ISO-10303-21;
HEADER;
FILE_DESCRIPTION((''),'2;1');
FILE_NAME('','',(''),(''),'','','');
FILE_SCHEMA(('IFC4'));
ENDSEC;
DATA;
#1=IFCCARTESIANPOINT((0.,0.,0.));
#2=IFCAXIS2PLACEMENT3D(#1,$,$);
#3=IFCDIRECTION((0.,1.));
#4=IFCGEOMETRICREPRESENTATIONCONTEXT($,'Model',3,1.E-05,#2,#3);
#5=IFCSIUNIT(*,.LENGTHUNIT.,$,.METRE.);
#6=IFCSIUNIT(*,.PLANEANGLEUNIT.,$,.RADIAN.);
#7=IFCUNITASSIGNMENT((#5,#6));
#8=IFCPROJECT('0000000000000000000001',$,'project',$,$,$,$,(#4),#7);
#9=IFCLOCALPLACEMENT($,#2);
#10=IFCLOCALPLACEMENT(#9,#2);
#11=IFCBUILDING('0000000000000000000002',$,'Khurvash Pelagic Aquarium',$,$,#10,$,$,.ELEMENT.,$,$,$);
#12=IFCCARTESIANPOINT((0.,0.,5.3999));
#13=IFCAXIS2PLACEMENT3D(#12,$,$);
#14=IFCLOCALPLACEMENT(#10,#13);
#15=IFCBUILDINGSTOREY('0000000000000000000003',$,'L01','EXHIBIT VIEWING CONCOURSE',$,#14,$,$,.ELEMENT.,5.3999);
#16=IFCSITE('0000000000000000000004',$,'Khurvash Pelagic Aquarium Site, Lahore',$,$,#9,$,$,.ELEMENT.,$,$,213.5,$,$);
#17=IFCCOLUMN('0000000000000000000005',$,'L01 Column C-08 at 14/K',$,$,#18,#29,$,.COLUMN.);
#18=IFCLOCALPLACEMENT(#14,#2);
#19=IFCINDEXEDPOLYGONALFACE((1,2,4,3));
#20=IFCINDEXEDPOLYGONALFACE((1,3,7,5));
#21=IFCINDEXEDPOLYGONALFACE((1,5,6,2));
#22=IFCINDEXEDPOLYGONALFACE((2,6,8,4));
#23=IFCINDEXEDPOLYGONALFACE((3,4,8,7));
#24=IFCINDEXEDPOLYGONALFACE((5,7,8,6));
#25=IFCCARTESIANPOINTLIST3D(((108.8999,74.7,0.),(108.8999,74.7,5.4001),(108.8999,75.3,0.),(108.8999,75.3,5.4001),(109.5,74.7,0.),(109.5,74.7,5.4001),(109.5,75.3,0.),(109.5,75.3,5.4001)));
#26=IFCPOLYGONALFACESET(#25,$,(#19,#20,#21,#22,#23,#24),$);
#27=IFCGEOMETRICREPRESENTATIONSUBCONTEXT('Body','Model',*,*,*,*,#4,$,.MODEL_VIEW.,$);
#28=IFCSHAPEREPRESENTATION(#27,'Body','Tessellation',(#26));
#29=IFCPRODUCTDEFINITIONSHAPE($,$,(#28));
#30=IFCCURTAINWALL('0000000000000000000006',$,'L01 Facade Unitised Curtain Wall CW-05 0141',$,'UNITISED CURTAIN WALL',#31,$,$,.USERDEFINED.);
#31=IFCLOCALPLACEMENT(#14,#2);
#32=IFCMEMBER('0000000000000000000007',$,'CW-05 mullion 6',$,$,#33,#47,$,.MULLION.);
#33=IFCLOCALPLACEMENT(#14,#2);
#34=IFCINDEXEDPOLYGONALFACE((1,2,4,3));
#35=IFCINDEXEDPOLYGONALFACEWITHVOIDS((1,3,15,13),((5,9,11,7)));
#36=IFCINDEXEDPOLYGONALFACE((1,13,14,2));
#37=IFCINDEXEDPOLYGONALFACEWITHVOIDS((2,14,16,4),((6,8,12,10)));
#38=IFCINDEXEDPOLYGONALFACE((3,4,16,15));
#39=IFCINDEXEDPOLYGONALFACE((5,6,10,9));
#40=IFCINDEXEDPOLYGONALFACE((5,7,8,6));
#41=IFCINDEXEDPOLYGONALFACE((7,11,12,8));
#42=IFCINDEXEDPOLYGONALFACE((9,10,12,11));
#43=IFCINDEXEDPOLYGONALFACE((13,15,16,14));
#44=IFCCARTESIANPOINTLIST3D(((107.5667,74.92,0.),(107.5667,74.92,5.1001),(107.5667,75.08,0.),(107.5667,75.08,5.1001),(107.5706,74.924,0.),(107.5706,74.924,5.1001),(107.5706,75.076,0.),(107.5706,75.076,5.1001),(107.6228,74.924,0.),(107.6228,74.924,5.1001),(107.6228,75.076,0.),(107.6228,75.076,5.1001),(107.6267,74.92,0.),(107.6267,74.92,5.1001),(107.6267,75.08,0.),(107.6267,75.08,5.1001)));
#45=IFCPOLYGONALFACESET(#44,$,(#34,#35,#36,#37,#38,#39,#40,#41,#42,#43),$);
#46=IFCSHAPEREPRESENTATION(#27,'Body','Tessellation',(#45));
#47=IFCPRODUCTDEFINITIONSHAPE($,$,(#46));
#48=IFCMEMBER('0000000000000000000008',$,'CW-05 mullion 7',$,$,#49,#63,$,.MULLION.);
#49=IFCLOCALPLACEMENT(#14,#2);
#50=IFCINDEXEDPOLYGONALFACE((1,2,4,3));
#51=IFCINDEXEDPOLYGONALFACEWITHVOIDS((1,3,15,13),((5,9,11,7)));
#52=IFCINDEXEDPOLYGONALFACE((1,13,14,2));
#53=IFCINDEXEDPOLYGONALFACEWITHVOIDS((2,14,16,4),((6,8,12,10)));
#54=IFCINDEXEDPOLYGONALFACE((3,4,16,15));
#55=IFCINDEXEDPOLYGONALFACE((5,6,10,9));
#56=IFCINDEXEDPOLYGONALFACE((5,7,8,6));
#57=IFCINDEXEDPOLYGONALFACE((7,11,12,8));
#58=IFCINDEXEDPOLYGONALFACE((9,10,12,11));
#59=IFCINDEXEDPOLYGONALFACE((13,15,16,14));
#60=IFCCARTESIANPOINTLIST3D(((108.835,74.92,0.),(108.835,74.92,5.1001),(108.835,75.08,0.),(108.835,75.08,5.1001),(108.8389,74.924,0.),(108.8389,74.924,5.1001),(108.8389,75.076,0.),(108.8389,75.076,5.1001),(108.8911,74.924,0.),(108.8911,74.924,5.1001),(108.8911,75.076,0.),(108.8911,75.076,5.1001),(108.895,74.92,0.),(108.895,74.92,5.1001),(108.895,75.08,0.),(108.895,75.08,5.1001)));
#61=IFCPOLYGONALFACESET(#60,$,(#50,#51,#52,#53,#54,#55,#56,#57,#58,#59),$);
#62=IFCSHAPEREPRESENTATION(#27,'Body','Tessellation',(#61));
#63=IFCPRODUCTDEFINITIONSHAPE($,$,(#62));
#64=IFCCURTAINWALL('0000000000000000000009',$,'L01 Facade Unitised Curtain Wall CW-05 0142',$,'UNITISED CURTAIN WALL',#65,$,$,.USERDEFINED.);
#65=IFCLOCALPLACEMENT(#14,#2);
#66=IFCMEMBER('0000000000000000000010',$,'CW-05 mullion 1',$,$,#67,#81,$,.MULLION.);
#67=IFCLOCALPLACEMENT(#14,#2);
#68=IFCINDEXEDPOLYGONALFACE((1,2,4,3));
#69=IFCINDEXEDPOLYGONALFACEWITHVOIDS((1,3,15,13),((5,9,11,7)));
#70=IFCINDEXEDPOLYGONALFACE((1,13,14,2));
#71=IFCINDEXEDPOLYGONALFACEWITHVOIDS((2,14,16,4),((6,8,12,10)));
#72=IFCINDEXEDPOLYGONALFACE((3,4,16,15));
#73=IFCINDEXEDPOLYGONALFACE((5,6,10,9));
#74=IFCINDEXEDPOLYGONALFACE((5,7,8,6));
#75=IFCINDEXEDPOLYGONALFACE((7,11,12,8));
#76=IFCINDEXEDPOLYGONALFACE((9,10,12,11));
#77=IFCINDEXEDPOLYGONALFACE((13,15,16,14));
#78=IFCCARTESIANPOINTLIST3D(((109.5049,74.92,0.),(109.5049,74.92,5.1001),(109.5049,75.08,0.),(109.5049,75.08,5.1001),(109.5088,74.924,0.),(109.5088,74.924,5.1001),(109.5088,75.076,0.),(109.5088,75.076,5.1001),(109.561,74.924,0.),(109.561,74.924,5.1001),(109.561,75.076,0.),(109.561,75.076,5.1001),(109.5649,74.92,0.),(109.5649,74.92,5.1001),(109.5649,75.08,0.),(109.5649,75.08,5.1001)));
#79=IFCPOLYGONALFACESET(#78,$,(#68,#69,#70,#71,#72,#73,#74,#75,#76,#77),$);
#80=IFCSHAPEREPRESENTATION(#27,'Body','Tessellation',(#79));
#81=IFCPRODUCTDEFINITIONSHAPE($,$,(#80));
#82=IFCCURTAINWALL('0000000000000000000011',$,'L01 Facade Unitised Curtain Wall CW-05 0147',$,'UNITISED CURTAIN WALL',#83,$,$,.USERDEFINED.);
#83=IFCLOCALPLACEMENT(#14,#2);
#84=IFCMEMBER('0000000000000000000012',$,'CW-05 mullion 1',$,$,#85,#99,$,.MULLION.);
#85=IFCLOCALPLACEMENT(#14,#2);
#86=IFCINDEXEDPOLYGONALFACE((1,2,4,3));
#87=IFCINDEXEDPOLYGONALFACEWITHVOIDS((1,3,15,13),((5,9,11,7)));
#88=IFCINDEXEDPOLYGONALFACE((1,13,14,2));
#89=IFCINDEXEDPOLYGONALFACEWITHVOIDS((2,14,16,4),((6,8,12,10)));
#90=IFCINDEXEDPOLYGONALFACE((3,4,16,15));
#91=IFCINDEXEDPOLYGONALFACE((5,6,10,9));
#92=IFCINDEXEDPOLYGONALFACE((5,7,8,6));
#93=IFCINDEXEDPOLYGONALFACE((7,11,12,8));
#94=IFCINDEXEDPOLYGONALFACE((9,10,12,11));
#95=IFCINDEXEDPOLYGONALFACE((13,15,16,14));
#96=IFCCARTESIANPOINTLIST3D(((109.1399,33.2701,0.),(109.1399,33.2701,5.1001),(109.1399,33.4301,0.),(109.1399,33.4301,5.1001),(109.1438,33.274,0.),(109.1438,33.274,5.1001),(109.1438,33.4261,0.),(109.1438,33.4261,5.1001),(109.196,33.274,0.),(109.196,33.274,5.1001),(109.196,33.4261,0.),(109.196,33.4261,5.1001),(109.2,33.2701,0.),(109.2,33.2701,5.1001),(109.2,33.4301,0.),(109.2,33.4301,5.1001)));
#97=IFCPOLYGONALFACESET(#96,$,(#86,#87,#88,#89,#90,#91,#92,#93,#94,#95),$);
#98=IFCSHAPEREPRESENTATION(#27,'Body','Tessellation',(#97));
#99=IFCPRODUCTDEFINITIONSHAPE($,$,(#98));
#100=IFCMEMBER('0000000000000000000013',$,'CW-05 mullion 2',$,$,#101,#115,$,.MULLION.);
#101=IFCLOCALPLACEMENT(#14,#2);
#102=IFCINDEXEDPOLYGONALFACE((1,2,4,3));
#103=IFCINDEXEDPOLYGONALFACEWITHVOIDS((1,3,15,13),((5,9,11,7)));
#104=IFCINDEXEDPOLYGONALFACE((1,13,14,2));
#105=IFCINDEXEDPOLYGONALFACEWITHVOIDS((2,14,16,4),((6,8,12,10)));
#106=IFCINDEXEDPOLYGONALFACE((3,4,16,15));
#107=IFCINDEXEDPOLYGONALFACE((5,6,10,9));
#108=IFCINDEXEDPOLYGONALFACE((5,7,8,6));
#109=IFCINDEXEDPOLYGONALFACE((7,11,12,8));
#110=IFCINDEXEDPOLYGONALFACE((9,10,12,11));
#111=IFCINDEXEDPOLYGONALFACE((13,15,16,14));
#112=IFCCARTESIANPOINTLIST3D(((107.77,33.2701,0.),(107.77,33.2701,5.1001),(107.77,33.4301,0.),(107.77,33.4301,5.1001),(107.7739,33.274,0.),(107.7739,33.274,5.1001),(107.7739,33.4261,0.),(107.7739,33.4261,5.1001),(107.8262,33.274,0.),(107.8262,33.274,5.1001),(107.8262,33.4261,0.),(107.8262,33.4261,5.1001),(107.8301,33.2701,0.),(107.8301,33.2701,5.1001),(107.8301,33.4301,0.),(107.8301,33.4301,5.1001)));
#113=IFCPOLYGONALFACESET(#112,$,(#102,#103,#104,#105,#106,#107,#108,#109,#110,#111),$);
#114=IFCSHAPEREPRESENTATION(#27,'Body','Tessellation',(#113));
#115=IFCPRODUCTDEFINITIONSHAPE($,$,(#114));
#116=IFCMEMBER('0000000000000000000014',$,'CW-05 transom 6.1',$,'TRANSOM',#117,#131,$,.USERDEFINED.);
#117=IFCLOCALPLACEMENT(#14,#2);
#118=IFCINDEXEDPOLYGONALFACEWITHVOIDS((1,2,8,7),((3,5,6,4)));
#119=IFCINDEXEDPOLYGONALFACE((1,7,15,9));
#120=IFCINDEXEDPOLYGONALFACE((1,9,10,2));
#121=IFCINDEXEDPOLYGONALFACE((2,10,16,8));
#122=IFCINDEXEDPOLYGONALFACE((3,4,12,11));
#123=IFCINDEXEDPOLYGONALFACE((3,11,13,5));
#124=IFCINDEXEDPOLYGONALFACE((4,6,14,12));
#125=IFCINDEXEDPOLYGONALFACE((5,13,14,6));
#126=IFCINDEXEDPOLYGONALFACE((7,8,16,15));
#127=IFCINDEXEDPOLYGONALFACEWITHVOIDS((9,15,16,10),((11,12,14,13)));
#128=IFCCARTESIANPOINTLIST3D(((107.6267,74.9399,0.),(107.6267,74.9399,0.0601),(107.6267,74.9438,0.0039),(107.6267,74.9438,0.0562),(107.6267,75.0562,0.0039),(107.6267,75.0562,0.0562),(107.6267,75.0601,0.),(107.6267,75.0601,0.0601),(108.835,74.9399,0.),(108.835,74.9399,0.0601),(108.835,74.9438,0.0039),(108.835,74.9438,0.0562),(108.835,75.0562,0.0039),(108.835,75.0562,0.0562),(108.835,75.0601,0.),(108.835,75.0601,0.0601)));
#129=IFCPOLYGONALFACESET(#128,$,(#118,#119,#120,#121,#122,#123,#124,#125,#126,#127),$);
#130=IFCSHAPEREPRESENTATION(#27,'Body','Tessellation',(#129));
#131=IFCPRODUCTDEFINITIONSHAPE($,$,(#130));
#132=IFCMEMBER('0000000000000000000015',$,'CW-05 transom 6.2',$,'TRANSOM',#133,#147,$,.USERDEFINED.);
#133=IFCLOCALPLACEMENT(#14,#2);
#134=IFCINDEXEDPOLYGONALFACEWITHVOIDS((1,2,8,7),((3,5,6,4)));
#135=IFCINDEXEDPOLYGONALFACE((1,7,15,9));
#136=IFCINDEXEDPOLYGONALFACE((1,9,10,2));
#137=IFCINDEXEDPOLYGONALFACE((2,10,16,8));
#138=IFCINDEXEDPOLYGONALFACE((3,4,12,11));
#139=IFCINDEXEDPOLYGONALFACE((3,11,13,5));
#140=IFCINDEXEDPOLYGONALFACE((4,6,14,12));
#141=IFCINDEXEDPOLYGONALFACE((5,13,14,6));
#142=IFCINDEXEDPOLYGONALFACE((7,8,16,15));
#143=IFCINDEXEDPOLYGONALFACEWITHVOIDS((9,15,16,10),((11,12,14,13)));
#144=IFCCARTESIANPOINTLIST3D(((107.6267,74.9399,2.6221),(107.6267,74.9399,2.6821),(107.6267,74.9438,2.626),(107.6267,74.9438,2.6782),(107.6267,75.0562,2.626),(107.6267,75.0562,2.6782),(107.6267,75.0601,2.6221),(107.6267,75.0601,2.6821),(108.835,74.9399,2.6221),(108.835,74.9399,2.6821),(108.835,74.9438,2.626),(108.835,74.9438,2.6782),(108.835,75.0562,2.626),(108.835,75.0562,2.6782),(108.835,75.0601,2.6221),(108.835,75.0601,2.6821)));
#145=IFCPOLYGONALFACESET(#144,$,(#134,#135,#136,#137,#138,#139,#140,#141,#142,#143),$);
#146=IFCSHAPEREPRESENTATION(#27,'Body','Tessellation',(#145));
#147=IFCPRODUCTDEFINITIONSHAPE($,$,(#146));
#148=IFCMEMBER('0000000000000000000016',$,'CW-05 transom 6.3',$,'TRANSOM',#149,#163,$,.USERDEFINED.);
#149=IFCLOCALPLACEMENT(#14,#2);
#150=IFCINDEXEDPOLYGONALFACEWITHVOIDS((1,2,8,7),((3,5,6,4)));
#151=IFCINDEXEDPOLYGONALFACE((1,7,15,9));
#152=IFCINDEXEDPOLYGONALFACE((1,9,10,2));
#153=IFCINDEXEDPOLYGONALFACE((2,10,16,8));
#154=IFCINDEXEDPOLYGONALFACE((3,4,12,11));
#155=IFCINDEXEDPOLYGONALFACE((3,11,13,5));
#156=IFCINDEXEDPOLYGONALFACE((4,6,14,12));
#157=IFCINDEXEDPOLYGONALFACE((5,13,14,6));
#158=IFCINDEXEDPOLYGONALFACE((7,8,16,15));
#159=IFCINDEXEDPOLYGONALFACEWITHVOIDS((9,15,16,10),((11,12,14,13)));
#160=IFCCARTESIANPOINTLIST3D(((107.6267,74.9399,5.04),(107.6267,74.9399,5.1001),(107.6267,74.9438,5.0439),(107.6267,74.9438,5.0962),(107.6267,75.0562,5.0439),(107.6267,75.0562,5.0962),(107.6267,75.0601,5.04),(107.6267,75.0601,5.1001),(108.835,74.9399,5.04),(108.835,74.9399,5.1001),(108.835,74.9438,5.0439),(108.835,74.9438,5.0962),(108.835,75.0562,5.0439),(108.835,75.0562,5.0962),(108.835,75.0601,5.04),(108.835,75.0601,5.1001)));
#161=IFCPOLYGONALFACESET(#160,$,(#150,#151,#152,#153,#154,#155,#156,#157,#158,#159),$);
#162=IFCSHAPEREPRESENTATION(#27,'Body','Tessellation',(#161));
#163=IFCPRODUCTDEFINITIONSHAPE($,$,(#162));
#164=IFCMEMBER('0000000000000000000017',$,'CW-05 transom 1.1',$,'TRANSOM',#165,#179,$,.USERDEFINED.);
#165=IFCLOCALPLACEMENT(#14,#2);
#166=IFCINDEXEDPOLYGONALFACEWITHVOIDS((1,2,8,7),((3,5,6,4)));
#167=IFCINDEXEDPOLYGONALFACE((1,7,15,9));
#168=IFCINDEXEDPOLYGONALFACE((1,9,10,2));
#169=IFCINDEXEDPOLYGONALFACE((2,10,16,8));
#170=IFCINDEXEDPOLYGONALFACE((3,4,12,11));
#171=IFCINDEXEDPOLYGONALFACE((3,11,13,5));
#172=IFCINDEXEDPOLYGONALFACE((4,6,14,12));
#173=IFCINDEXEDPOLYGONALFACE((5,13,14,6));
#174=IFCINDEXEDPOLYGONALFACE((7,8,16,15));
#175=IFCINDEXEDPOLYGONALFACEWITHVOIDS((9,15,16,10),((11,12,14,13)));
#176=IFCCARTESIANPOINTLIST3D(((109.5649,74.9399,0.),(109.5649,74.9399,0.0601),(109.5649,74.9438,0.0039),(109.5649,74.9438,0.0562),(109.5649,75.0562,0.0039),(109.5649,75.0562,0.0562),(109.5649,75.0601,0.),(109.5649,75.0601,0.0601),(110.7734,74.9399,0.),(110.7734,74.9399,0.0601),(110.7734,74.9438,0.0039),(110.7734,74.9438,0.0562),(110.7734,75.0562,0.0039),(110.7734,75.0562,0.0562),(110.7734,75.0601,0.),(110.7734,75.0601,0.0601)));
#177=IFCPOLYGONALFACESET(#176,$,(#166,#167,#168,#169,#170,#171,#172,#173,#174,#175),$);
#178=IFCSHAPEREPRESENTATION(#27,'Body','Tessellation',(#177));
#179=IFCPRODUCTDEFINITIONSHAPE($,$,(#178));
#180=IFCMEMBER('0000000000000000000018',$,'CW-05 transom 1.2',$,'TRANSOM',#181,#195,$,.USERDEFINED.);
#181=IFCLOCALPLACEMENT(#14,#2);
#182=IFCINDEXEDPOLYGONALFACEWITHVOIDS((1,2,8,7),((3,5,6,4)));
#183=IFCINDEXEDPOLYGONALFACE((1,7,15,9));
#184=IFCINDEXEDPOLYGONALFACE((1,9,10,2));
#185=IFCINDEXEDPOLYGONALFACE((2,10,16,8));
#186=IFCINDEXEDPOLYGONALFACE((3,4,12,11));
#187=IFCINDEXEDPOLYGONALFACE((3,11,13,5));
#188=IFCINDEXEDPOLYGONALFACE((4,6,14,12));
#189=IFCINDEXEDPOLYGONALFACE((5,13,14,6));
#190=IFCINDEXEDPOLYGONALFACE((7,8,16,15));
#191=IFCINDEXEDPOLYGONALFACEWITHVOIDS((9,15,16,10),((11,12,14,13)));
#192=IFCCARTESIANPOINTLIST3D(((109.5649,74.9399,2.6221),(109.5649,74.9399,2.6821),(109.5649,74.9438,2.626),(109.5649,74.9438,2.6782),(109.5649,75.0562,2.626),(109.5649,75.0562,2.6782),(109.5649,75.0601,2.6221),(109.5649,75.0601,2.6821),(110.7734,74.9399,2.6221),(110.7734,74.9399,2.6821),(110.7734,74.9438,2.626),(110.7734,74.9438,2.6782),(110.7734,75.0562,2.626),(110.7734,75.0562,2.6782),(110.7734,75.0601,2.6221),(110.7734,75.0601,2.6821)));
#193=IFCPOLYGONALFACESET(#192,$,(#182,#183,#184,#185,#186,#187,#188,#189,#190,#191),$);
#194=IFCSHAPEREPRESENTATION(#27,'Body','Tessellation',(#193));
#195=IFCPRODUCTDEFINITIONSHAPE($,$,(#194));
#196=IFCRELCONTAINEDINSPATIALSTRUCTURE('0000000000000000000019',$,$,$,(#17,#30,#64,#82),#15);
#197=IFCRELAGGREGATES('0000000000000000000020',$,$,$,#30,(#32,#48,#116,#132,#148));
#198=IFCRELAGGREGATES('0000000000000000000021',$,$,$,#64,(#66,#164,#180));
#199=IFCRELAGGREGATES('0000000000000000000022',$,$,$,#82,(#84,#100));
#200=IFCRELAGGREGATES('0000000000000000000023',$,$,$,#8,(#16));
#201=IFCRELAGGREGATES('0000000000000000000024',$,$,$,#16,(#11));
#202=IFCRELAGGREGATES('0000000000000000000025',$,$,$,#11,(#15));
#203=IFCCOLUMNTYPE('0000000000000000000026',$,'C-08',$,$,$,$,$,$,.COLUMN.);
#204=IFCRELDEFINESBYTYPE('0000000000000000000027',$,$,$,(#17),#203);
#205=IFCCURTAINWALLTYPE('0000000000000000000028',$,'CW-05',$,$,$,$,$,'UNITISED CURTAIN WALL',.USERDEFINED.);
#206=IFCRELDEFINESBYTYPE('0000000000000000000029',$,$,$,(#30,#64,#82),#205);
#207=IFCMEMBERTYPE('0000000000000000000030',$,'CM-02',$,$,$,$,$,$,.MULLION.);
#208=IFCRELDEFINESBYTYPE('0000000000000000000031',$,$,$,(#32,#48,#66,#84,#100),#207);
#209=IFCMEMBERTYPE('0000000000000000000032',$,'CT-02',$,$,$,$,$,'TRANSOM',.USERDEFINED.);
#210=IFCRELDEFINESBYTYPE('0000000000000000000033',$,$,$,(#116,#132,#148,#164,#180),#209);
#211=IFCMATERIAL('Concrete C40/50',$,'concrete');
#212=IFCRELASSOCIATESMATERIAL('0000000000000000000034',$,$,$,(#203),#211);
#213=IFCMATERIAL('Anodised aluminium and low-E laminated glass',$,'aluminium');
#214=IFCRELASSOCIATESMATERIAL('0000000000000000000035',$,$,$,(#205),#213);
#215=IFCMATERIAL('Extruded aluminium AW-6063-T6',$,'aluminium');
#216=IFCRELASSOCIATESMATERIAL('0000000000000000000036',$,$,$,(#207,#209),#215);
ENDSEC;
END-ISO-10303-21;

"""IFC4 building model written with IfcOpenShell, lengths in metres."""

from ifc_helpers import new_model, si_unit, direction, frame, origin, origin_2d, place, context, subcontext, project, spatial, rectangle, hollow_rectangle, extrude, material, material_profile, profile_set, type_object, element, aggregate, save


model = new_model("IFC4")

# Units and contexts
model_context = context("Model", 3, precision=1e-05, world=origin(), true_north=direction((0.0, 1.0)))
body_context = subcontext(model_context, "Body", "Model", "MODEL_VIEW")
ifc_project = project(units=[si_unit("LENGTHUNIT", "METRE"), si_unit("PLANEANGLEUNIT", "RADIAN")], contexts=[model_context])

# Site, building, storey
site_placement = place(None, origin())
site = spatial("IfcSite", under=ifc_project, at=site_placement, Name="Khurvash Pelagic Aquarium Site, Lahore", CompositionType="ELEMENT", RefElevation=213.5)
building_placement = place(site_placement, origin())
building = spatial("IfcBuilding", under=site, at=building_placement, Name="Khurvash Pelagic Aquarium", CompositionType="ELEMENT")
storey_placement = place(building_placement, frame((0.0, 0.0, 5.3999)))
storey = spatial("IfcBuildingStorey", under=building, at=storey_placement, Name="L01", Description="EXHIBIT VIEWING CONCOURSE", CompositionType="ELEMENT", Elevation=5.3999)

# Column
ifc_material_1 = material(Name="Concrete C40/50", Category="concrete")
ifc_material_profile_1 = material_profile(ifc_material_1, rectangle(XDim=0.6001, YDim=0.6001, at=origin_2d()), Name="RC600X600")
ifc_profile_set_1 = profile_set([ifc_material_profile_1], Name="Concrete C40/50")
column_type = type_object("IfcColumnType", Name="C-08", PredefinedType="COLUMN", material=ifc_profile_set_1)
column_placement = place(storey_placement, frame((109.2, 75.0, 0.0), z_axis=(0.0, 0.0, 1.0), x_axis=(1.0, 0.0, 0.0)))
element("IfcColumn", 1, at=column_placement, inside=storey, type_object=column_type, Name="L01 Column C-08 at 14/K", PredefinedType="COLUMN", context=body_context, shape_type="SweptSolid", body=[
    extrude(rectangle(XDim=0.6001, YDim=0.6001, at=origin_2d()), origin(), (0.0, 0.0, 1.0), 5.4001),
])

# Curtain wall, members
ifc_material_2 = material(Name="Anodised aluminium and low-E laminated glass", Category="aluminium")
curtain_wall_type = type_object("IfcCurtainWallType", Name="CW-05", ElementType="UNITISED CURTAIN WALL", PredefinedType="USERDEFINED", material=ifc_material_2)
curtain_wall_1_placement = place(storey_placement, origin())
curtain_wall_1 = element("IfcCurtainWall", 2, at=curtain_wall_1_placement, inside=storey, type_object=curtain_wall_type, Name="L01 Facade Unitised Curtain Wall CW-05 0141", ObjectType="UNITISED CURTAIN WALL", PredefinedType="USERDEFINED")
ifc_material_3 = material(Name="Extruded aluminium AW-6063-T6", Category="aluminium")
ifc_material_profile_2 = material_profile(ifc_material_3, hollow_rectangle(XDim=0.0601, YDim=0.1599, WallThickness=0.0039, at=origin_2d()), Name="CWM60X160X4")
ifc_profile_set_2 = profile_set([ifc_material_profile_2], Name="Extruded aluminium AW-6063-T6")
member_type_1 = type_object("IfcMemberType", Name="CM-02", PredefinedType="MULLION", material=ifc_profile_set_2)
member_1_placement = place(storey_placement, frame((107.5967, 75.0, 0.0), z_axis=(0.0, 0.0, 1.0), x_axis=(1.0, 0.0, 0.0)))
member_1 = element("IfcMember", 3, at=member_1_placement, type_object=member_type_1, Name="CW-05 mullion 6", PredefinedType="MULLION", context=body_context, shape_type="SweptSolid", body=[
    extrude(hollow_rectangle(XDim=0.0601, YDim=0.1599, WallThickness=0.0039, at=origin_2d()), origin(), (0.0, 0.0, 1.0), 5.1001),
])
member_2_placement = place(storey_placement, frame((108.865, 75.0, 0.0), z_axis=(0.0, 0.0, 1.0), x_axis=(1.0, 0.0, 0.0)))
member_2 = element("IfcMember", 4, at=member_2_placement, type_object=member_type_1, Name="CW-05 mullion 7", PredefinedType="MULLION", context=body_context, shape_type="SweptSolid", body=[
    extrude(hollow_rectangle(XDim=0.0601, YDim=0.1599, WallThickness=0.0039, at=origin_2d()), origin(), (0.0, 0.0, 1.0), 5.1001),
])

# Curtain wall, member
curtain_wall_2_placement = place(storey_placement, origin())
curtain_wall_2 = element("IfcCurtainWall", 5, at=curtain_wall_2_placement, inside=storey, type_object=curtain_wall_type, Name="L01 Facade Unitised Curtain Wall CW-05 0142", ObjectType="UNITISED CURTAIN WALL", PredefinedType="USERDEFINED")
member_3_placement = place(storey_placement, frame((109.5349, 75.0, 0.0), z_axis=(0.0, 0.0, 1.0), x_axis=(1.0, 0.0, 0.0)))
member_3 = element("IfcMember", 6, at=member_3_placement, type_object=member_type_1, Name="CW-05 mullion 1", PredefinedType="MULLION", context=body_context, shape_type="SweptSolid", body=[
    extrude(hollow_rectangle(XDim=0.0601, YDim=0.1599, WallThickness=0.0039, at=origin_2d()), origin(), (0.0, 0.0, 1.0), 5.1001),
])

# Curtain wall, members
curtain_wall_3_placement = place(storey_placement, origin())
curtain_wall_3 = element("IfcCurtainWall", 7, at=curtain_wall_3_placement, inside=storey, type_object=curtain_wall_type, Name="L01 Facade Unitised Curtain Wall CW-05 0147", ObjectType="UNITISED CURTAIN WALL", PredefinedType="USERDEFINED")
member_4_placement = place(storey_placement, frame((109.1699, 33.3501, 0.0), z_axis=(0.0, 0.0, 1.0), x_axis=(-1.0, 0.0, 0.0)))
member_4 = element("IfcMember", 8, at=member_4_placement, type_object=member_type_1, Name="CW-05 mullion 1", PredefinedType="MULLION", context=body_context, shape_type="SweptSolid", body=[
    extrude(hollow_rectangle(XDim=0.0601, YDim=0.1599, WallThickness=0.0039, at=origin_2d()), origin(), (0.0, 0.0, 1.0), 5.1001),
])
member_5_placement = place(storey_placement, frame((107.8, 33.3501, 0.0), z_axis=(0.0, 0.0, 1.0), x_axis=(-1.0, 0.0, 0.0)))
member_5 = element("IfcMember", 9, at=member_5_placement, type_object=member_type_1, Name="CW-05 mullion 2", PredefinedType="MULLION", context=body_context, shape_type="SweptSolid", body=[
    extrude(hollow_rectangle(XDim=0.0601, YDim=0.1599, WallThickness=0.0039, at=origin_2d()), origin(), (0.0, 0.0, 1.0), 5.1001),
])

# Members
ifc_material_profile_3 = material_profile(ifc_material_3, hollow_rectangle(XDim=0.1201, YDim=0.0601, WallThickness=0.0039, at=origin_2d()), Name="CWT120X60X4")
ifc_profile_set_3 = profile_set([ifc_material_profile_3], Name="Extruded aluminium AW-6063-T6")
member_type_2 = type_object("IfcMemberType", Name="CT-02", ElementType="TRANSOM", PredefinedType="USERDEFINED", material=ifc_profile_set_3)
member_6_placement = place(storey_placement, frame((107.6267, 75.0, 0.03), z_axis=(1.0, 0.0, 0.0), x_axis=(0.0, 1.0, 0.0)))
member_6 = element("IfcMember", 10, at=member_6_placement, type_object=member_type_2, Name="CW-05 transom 6.1", ObjectType="TRANSOM", PredefinedType="USERDEFINED", context=body_context, shape_type="SweptSolid", body=[
    extrude(hollow_rectangle(XDim=0.1201, YDim=0.0601, WallThickness=0.0039, at=origin_2d()), origin(), (0.0, 0.0, 1.0), 1.2083),
])
member_7_placement = place(storey_placement, frame((107.6267, 75.0, 2.6521), z_axis=(1.0, 0.0, 0.0), x_axis=(0.0, 1.0, 0.0)))
member_7 = element("IfcMember", 11, at=member_7_placement, type_object=member_type_2, Name="CW-05 transom 6.2", ObjectType="TRANSOM", PredefinedType="USERDEFINED", context=body_context, shape_type="SweptSolid", body=[
    extrude(hollow_rectangle(XDim=0.1201, YDim=0.0601, WallThickness=0.0039, at=origin_2d()), origin(), (0.0, 0.0, 1.0), 1.2083),
])
member_8_placement = place(storey_placement, frame((107.6267, 75.0, 5.0701), z_axis=(1.0, 0.0, 0.0), x_axis=(0.0, 1.0, 0.0)))
member_8 = element("IfcMember", 12, at=member_8_placement, type_object=member_type_2, Name="CW-05 transom 6.3", ObjectType="TRANSOM", PredefinedType="USERDEFINED", context=body_context, shape_type="SweptSolid", body=[
    extrude(hollow_rectangle(XDim=0.1201, YDim=0.0601, WallThickness=0.0039, at=origin_2d()), origin(), (0.0, 0.0, 1.0), 1.2083),
])
member_9_placement = place(storey_placement, frame((109.5649, 75.0, 0.03), z_axis=(1.0, 0.0, 0.0), x_axis=(0.0, 1.0, 0.0)))
member_9 = element("IfcMember", 13, at=member_9_placement, type_object=member_type_2, Name="CW-05 transom 1.1", ObjectType="TRANSOM", PredefinedType="USERDEFINED", context=body_context, shape_type="SweptSolid", body=[
    extrude(hollow_rectangle(XDim=0.1201, YDim=0.0601, WallThickness=0.0039, at=origin_2d()), origin(), (0.0, 0.0, 1.0), 1.2085),
])
member_10_placement = place(storey_placement, frame((109.5649, 75.0, 2.6521), z_axis=(1.0, 0.0, 0.0), x_axis=(0.0, 1.0, 0.0)))
member_10 = element("IfcMember", 14, at=member_10_placement, type_object=member_type_2, Name="CW-05 transom 1.2", ObjectType="TRANSOM", PredefinedType="USERDEFINED", context=body_context, shape_type="SweptSolid", body=[
    extrude(hollow_rectangle(XDim=0.1201, YDim=0.0601, WallThickness=0.0039, at=origin_2d()), origin(), (0.0, 0.0, 1.0), 1.2085),
])

aggregate(curtain_wall_1, [member_1, member_2, member_6, member_7, member_8])
aggregate(curtain_wall_2, [member_3, member_9, member_10])
aggregate(curtain_wall_3, [member_4, member_5])

save(model, "model.ifc")
